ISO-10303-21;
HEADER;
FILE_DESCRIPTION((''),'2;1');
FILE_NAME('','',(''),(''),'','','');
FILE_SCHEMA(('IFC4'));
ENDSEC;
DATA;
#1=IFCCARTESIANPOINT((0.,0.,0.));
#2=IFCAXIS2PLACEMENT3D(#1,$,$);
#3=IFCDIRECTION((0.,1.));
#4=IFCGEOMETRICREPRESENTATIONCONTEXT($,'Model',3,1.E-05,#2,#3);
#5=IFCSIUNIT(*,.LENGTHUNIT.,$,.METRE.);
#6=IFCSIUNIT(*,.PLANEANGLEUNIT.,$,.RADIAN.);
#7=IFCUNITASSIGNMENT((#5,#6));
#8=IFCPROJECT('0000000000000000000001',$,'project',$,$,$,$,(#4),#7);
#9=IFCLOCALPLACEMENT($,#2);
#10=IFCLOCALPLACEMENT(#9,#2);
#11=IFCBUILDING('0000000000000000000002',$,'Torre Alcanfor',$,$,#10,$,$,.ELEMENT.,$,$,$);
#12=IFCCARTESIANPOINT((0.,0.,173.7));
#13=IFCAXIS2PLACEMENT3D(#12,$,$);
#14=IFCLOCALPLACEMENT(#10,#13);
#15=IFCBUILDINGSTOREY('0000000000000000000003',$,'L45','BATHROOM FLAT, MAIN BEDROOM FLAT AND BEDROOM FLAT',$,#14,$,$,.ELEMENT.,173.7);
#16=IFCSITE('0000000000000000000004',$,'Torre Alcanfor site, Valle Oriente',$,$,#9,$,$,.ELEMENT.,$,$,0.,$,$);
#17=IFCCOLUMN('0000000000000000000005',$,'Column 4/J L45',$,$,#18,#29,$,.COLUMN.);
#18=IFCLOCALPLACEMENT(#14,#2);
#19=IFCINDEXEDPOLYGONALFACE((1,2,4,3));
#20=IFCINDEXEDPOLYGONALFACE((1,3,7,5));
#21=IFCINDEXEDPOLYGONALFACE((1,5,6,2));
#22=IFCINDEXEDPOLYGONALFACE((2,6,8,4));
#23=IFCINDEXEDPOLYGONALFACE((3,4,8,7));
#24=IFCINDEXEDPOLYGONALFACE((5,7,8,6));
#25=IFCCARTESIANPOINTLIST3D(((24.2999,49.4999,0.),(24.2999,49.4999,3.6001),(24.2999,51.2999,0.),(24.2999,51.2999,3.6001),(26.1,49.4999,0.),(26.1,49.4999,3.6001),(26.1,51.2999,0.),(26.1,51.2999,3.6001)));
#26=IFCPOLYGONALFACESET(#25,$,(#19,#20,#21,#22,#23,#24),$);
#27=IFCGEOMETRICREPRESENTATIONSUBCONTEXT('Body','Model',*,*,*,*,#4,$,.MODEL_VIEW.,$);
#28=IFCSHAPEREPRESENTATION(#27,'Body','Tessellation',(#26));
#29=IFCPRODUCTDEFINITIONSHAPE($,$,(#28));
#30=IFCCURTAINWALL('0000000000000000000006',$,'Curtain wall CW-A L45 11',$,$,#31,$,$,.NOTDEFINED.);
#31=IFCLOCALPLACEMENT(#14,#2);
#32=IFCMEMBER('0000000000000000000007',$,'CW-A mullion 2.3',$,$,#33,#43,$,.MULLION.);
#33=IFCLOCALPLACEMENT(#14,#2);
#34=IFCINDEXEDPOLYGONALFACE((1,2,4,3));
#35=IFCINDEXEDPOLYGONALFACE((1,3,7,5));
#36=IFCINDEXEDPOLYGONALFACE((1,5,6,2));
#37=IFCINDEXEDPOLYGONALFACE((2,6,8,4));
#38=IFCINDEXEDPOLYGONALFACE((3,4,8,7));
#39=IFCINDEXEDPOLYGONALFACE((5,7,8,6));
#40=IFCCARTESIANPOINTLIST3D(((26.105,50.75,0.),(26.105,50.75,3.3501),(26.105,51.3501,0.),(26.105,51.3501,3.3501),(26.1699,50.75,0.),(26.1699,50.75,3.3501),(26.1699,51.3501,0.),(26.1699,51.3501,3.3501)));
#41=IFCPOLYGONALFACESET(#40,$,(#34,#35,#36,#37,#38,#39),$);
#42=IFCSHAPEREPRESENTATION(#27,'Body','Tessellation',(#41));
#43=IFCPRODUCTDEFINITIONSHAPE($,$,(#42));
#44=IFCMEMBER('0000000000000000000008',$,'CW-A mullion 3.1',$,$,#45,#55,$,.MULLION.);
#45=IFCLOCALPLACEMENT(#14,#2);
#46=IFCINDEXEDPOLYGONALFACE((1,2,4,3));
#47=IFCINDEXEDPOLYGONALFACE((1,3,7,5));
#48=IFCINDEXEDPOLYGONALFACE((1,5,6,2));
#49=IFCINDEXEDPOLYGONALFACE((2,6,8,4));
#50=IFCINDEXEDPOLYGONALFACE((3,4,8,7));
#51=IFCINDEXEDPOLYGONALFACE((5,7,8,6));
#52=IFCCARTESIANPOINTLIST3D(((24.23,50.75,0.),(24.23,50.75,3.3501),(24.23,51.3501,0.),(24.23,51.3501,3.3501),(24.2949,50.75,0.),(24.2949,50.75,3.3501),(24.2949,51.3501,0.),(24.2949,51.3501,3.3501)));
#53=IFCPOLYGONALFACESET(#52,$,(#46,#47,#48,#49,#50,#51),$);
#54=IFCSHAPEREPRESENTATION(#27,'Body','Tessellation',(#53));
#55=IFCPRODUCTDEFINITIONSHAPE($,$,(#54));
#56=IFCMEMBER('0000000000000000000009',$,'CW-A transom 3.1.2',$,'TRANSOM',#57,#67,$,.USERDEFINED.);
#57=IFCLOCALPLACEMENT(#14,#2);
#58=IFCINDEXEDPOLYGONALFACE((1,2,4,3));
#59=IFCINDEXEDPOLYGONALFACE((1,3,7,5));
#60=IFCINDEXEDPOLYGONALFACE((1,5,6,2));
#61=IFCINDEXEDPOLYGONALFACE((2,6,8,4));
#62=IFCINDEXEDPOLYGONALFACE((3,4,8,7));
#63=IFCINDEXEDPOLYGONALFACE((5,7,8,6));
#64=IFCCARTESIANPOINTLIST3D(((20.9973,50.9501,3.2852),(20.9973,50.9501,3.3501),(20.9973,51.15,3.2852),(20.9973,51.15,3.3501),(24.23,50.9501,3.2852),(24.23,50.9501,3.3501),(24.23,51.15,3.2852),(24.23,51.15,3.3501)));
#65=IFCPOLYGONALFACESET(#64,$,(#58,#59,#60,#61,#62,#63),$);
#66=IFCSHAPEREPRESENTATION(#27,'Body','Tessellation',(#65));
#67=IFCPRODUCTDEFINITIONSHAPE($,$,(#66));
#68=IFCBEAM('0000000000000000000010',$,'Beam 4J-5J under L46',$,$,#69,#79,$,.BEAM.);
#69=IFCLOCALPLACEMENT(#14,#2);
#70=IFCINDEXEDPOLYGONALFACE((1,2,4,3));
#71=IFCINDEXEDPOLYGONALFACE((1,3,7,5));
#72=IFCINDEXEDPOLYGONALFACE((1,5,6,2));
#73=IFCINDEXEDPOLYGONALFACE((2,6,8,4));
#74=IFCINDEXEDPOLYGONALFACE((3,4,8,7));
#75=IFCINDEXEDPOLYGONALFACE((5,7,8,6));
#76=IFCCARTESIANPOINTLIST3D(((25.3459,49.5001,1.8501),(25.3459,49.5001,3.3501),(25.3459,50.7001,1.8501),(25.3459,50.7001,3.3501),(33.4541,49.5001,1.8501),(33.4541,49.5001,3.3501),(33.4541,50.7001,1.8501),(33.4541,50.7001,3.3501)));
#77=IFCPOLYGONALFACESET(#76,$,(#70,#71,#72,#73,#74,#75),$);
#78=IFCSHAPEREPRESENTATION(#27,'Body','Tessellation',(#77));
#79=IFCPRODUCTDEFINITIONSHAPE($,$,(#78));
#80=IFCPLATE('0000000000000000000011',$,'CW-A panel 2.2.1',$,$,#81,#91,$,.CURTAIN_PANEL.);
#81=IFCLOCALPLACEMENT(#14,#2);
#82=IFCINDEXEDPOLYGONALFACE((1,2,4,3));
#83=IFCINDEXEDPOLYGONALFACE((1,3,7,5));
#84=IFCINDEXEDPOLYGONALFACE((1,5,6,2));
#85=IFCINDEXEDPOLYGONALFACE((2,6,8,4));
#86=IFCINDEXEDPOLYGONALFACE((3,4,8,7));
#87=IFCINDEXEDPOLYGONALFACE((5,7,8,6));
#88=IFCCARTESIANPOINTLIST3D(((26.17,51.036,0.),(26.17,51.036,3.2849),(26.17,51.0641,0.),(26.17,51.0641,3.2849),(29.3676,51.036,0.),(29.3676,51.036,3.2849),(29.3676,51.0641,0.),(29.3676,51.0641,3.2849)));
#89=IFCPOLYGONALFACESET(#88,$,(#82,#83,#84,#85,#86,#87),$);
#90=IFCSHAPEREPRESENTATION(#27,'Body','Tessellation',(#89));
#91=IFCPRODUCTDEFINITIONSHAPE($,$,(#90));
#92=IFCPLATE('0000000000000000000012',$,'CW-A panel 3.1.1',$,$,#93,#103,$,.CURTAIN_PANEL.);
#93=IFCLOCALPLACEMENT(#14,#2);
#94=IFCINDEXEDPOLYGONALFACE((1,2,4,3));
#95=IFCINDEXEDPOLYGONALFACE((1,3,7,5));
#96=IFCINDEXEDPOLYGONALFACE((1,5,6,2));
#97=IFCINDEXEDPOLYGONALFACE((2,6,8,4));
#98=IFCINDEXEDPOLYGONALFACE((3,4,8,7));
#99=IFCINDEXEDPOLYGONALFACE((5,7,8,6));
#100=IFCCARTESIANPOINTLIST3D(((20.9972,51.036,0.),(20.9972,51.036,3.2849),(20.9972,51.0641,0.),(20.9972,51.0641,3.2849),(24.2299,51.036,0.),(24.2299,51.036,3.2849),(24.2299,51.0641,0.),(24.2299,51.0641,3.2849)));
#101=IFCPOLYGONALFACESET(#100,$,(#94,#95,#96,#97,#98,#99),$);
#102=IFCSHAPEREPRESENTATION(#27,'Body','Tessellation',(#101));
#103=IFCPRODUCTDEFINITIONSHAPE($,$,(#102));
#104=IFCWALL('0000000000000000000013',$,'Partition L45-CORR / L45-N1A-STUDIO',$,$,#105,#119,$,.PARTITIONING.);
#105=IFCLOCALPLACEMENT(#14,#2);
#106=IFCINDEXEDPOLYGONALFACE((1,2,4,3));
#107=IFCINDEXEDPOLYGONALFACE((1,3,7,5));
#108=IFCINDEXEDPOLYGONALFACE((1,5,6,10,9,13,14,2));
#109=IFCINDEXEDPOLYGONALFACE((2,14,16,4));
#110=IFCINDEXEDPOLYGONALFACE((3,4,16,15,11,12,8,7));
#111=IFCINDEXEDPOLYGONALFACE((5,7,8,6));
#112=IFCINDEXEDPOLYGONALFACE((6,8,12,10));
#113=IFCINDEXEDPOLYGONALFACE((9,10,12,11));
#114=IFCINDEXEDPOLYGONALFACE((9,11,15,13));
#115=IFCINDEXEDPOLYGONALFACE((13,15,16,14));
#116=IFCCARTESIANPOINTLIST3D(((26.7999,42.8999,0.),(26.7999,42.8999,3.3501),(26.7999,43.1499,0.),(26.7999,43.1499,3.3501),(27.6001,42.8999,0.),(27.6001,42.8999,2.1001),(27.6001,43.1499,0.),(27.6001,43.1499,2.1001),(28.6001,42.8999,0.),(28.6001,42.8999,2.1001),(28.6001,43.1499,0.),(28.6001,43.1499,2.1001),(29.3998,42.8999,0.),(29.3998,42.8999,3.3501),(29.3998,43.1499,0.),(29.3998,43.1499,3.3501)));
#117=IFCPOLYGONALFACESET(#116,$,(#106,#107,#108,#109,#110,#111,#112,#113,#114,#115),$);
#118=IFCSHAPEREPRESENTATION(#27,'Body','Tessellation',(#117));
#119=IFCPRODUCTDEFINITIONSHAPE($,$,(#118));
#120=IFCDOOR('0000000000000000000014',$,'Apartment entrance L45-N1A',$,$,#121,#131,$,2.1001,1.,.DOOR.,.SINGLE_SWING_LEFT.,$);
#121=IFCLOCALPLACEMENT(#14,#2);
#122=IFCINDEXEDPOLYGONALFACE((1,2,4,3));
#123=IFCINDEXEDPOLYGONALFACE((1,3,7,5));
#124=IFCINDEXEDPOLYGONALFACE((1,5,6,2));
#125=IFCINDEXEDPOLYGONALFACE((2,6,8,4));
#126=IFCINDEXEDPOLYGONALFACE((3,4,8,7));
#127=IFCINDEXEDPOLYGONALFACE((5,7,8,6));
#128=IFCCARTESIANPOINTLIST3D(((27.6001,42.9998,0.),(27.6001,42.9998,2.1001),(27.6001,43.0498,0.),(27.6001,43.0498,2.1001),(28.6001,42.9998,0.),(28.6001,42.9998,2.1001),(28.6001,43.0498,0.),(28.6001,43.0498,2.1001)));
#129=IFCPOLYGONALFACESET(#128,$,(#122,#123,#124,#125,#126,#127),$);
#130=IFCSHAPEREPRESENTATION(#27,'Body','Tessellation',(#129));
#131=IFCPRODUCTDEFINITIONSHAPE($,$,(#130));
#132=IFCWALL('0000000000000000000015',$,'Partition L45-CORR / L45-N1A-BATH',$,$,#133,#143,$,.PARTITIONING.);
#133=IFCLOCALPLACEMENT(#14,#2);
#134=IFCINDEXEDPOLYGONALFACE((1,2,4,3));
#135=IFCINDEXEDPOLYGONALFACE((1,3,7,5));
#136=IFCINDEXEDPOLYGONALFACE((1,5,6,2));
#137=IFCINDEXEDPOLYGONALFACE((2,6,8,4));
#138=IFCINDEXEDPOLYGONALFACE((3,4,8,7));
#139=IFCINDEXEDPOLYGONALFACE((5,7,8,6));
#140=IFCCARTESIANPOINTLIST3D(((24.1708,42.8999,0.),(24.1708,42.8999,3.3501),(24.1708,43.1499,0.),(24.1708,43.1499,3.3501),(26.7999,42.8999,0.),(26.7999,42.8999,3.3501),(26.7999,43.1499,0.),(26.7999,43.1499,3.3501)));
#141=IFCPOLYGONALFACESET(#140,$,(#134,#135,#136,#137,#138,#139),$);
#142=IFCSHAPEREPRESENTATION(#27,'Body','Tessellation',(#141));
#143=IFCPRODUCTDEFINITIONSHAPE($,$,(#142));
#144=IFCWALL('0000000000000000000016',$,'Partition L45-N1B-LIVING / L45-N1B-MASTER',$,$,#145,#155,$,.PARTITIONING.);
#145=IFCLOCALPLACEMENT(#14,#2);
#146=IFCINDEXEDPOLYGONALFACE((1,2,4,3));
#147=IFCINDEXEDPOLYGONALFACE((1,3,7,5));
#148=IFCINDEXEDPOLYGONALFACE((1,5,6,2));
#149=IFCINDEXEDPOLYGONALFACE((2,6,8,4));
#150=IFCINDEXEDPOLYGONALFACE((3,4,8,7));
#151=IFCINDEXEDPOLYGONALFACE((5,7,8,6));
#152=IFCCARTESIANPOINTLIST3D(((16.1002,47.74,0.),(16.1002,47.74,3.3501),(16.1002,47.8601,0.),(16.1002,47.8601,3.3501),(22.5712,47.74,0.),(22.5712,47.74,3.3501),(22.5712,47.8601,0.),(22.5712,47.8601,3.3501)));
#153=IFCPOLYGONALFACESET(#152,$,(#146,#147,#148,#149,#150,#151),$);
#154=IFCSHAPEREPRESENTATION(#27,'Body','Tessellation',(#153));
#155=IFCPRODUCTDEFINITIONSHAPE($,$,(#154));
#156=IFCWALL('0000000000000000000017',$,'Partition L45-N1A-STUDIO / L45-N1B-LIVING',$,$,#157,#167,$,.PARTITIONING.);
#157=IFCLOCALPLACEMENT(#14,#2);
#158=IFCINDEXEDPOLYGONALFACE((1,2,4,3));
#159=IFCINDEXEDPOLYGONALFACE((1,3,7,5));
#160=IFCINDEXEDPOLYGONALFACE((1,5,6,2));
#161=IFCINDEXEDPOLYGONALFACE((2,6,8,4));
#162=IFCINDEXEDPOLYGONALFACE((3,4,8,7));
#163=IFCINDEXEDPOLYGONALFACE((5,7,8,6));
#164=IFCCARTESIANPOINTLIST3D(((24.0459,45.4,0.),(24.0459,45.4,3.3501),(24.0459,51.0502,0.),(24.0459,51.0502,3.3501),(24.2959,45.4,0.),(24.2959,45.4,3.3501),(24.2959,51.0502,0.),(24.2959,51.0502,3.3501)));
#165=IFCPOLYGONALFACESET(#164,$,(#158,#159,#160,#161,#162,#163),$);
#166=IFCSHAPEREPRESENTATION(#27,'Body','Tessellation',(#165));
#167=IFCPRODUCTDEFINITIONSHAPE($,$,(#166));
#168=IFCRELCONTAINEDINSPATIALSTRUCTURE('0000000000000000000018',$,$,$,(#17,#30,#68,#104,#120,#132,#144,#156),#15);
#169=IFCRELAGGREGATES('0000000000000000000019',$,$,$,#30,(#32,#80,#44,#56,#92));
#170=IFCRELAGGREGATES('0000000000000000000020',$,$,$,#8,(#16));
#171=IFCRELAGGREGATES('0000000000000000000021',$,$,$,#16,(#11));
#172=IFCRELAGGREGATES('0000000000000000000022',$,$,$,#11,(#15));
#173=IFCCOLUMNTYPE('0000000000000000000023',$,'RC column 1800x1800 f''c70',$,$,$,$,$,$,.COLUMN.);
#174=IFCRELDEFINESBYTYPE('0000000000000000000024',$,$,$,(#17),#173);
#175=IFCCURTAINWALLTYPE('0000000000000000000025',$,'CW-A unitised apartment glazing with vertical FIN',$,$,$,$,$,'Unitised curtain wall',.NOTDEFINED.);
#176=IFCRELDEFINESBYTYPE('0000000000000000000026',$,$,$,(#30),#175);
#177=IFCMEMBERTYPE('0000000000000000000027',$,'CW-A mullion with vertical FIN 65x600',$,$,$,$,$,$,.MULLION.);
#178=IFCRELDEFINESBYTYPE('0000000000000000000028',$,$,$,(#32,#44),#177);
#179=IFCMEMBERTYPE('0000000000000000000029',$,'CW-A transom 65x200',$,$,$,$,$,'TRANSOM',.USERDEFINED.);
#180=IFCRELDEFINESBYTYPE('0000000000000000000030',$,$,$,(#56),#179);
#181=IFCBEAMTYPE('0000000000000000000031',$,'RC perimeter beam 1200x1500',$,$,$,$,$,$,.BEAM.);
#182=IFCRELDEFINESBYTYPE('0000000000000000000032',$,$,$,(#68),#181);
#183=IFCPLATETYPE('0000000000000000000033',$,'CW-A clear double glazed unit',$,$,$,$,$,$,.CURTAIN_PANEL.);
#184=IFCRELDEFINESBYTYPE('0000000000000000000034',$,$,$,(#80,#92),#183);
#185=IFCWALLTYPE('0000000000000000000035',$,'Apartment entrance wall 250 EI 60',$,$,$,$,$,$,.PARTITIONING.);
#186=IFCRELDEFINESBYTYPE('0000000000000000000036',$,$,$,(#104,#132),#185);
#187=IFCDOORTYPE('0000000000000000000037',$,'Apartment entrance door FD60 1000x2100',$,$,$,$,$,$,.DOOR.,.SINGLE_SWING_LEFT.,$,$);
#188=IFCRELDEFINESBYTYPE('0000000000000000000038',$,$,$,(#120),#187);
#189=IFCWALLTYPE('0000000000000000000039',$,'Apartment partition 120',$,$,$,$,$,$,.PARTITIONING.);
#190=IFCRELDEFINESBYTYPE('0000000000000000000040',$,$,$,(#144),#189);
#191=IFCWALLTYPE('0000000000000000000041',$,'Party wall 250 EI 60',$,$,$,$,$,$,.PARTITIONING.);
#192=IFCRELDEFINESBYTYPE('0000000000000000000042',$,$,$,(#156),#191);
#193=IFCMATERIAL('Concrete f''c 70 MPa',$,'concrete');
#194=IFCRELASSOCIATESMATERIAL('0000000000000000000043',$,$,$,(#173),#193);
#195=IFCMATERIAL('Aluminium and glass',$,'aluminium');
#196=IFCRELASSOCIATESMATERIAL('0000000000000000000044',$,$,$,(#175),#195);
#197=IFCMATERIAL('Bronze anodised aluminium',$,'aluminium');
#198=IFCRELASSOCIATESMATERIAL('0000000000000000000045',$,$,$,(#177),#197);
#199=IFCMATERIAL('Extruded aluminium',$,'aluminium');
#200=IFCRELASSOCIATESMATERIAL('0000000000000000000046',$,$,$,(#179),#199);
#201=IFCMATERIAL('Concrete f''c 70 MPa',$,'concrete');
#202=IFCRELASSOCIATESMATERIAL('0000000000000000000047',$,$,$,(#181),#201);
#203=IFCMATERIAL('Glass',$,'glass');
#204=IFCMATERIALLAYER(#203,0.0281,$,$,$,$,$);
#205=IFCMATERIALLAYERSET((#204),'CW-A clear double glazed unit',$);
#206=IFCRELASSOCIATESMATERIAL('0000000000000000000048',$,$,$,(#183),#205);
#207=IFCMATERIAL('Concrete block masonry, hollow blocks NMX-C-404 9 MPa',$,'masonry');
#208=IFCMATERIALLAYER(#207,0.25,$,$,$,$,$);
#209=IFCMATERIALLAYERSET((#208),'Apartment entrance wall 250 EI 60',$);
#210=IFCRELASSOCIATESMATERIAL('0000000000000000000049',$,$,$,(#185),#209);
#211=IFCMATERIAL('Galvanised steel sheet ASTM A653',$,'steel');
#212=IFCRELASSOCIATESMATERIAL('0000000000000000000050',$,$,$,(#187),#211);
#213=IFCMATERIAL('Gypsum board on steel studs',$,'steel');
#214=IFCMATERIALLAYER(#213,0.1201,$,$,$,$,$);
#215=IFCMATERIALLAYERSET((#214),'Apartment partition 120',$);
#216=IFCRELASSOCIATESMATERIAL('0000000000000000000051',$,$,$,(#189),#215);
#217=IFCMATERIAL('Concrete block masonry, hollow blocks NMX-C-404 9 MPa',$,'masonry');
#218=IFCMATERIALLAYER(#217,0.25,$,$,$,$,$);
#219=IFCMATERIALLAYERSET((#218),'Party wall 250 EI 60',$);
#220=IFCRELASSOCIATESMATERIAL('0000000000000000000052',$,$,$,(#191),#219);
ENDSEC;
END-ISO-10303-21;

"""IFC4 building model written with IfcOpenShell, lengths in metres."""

from ifc_helpers import new_model, si_unit, direction, frame, frame_2d, origin, origin_2d, place, context, subcontext, project, spatial, rectangle, extrude, material, layer, layer_set, material_profile, profile_set, type_object, element, fill, aggregate, save


model = new_model("IFC4")

# Units and contexts
model_context = context("Model", 3, precision=1e-05, world=origin(), true_north=direction((0.0, 1.0)))
body_context = subcontext(model_context, "Body", "Model", "MODEL_VIEW")
ifc_project = project(units=[si_unit("LENGTHUNIT", "METRE"), si_unit("PLANEANGLEUNIT", "RADIAN")], contexts=[model_context])

# Site, building, storey
site_placement = place(None, origin())
site = spatial("IfcSite", under=ifc_project, at=site_placement, Name="Torre Alcanfor site, Valle Oriente", CompositionType="ELEMENT", RefElevation=0.0)
building_placement = place(site_placement, origin())
building = spatial("IfcBuilding", under=site, at=building_placement, Name="Torre Alcanfor", CompositionType="ELEMENT")
storey_placement = place(building_placement, frame((0.0, 0.0, 173.7)))
storey = spatial("IfcBuildingStorey", under=building, at=storey_placement, Name="L45", Description="BATHROOM FLAT, MAIN BEDROOM FLAT AND BEDROOM FLAT", CompositionType="ELEMENT", Elevation=173.7)

# Column
ifc_material_1 = material(Name="Concrete f'c 70 MPa", Category="concrete")
ifc_material_profile_1 = material_profile(ifc_material_1, rectangle(XDim=1.8, YDim=1.8, at=origin_2d()), Name="1800x1800")
ifc_profile_set_1 = profile_set([ifc_material_profile_1], Name="Concrete f'c 70 MPa")
column_type = type_object("IfcColumnType", Name="RC column 1800x1800 f'c70", PredefinedType="COLUMN", material=ifc_profile_set_1)
column_placement = place(storey_placement, frame((25.2, 50.3999, 0.0), z_axis=(0.0, 0.0, 1.0), x_axis=(1.0, 0.0, 0.0)))
element("IfcColumn", 1, at=column_placement, inside=storey, type_object=column_type, Name="Column 4/J L45", PredefinedType="COLUMN", context=body_context, shape_type="SweptSolid", body=[
    extrude(rectangle(XDim=1.8, YDim=1.8, at=origin_2d()), origin(), (0.0, 0.0, 1.0), 3.6001),
])

# Curtain wall, members
ifc_material_2 = material(Name="Aluminium and glass", Category="aluminium")
curtain_wall_type = type_object("IfcCurtainWallType", Name="CW-A unitised apartment glazing with vertical FIN", ElementType="Unitised curtain wall", PredefinedType="NOTDEFINED", material=ifc_material_2)
curtain_wall_placement = place(storey_placement, origin())
curtain_wall = element("IfcCurtainWall", 2, at=curtain_wall_placement, inside=storey, type_object=curtain_wall_type, Name="Curtain wall CW-A L45 11", PredefinedType="NOTDEFINED")
ifc_material_3 = material(Name="Bronze anodised aluminium", Category="aluminium")
ifc_material_profile_2 = material_profile(ifc_material_3, rectangle(XDim=0.6001, YDim=0.0649, at=origin_2d()), Name="CW-A mullion 65x600")
ifc_profile_set_2 = profile_set([ifc_material_profile_2], Name="Bronze anodised aluminium")
member_type_1 = type_object("IfcMemberType", Name="CW-A mullion with vertical FIN 65x600", PredefinedType="MULLION", material=ifc_profile_set_2)
member_1_placement = place(storey_placement, frame((26.1375, 51.05, 0.0), z_axis=(0.0, 0.0, 1.0), x_axis=(0.0, -1.0, 0.0)))
member_1 = element("IfcMember", 3, at=member_1_placement, type_object=member_type_1, Name="CW-A mullion 2.3", PredefinedType="MULLION", context=body_context, shape_type="SweptSolid", body=[
    extrude(rectangle(XDim=0.6001, YDim=0.0649, at=origin_2d()), origin(), (0.0, 0.0, 1.0), 3.3501),
])
member_2_placement = place(storey_placement, frame((24.2625, 51.05, 0.0), z_axis=(0.0, 0.0, 1.0), x_axis=(0.0, -1.0, 0.0)))
member_2 = element("IfcMember", 4, at=member_2_placement, type_object=member_type_1, Name="CW-A mullion 3.1", PredefinedType="MULLION", context=body_context, shape_type="SweptSolid", body=[
    extrude(rectangle(XDim=0.6001, YDim=0.0649, at=origin_2d()), origin(), (0.0, 0.0, 1.0), 3.3501),
])
ifc_material_4 = material(Name="Extruded aluminium", Category="aluminium")
ifc_material_profile_3 = material_profile(ifc_material_4, rectangle(XDim=0.2, YDim=0.0649, at=origin_2d()), Name="CW-A transom 200x65")
ifc_profile_set_3 = profile_set([ifc_material_profile_3], Name="Extruded aluminium")
member_type_2 = type_object("IfcMemberType", Name="CW-A transom 65x200", ElementType="TRANSOM", PredefinedType="USERDEFINED", material=ifc_profile_set_3)
member_3_placement = place(storey_placement, frame((24.23, 51.05, 3.3176), z_axis=(-1.0, 0.0, 0.0), x_axis=(0.0, -1.0, 0.0)))
member_3 = element("IfcMember", 5, at=member_3_placement, type_object=member_type_2, Name="CW-A transom 3.1.2", ObjectType="TRANSOM", PredefinedType="USERDEFINED", context=body_context, shape_type="SweptSolid", body=[
    extrude(rectangle(XDim=0.2, YDim=0.0649, at=origin_2d()), origin(), (0.0, 0.0, 1.0), 3.2327),
])

# Beam
ifc_material_5 = material(Name="Concrete f'c 70 MPa", Category="concrete")
ifc_material_profile_4 = material_profile(ifc_material_5, rectangle(XDim=1.2, YDim=1.5, at=origin_2d()), Name="1200x1500")
ifc_profile_set_4 = profile_set([ifc_material_profile_4], Name="Concrete f'c 70 MPa")
beam_type = type_object("IfcBeamType", Name="RC perimeter beam 1200x1500", PredefinedType="BEAM", material=ifc_profile_set_4)
beam_placement = place(storey_placement, frame((25.3459, 50.1001, 2.6001), z_axis=(1.0, 0.0, 0.0), x_axis=(0.0, 1.0, 0.0)))
element("IfcBeam", 6, at=beam_placement, inside=storey, type_object=beam_type, Name="Beam 4J-5J under L46", PredefinedType="BEAM", context=body_context, shape_type="SweptSolid", body=[
    extrude(rectangle(XDim=1.2, YDim=1.5, at=origin_2d()), origin(), (0.0, 0.0, 1.0), 8.1082),
])

# Plates
ifc_material_6 = material(Name="Glass", Category="glass")
ifc_layer_1 = layer(ifc_material_6, 0.0281)
ifc_layer_set_1 = layer_set([ifc_layer_1], Name="CW-A clear double glazed unit")
plate_type = type_object("IfcPlateType", Name="CW-A clear double glazed unit", PredefinedType="CURTAIN_PANEL", material=ifc_layer_set_1)
plate_1_placement = place(storey_placement, frame((27.7688, 51.05, 0.0), z_axis=(0.0, 0.0, 1.0), x_axis=(-1.0, 0.0, 0.0)))
plate_1 = element("IfcPlate", 7, at=plate_1_placement, type_object=plate_type, Name="CW-A panel 2.2.1", PredefinedType="CURTAIN_PANEL", context=body_context, shape_type="SweptSolid", body=[
    extrude(rectangle(XDim=3.1975, YDim=0.0281, at=origin_2d()), origin(), (0.0, 0.0, 1.0), 3.2849),
])
plate_2_placement = place(storey_placement, frame((22.6135, 51.05, 0.0), z_axis=(0.0, 0.0, 1.0), x_axis=(-1.0, 0.0, 0.0)))
plate_2 = element("IfcPlate", 8, at=plate_2_placement, type_object=plate_type, Name="CW-A panel 3.1.1", PredefinedType="CURTAIN_PANEL", context=body_context, shape_type="SweptSolid", body=[
    extrude(rectangle(XDim=3.2327, YDim=0.0281, at=origin_2d()), origin(), (0.0, 0.0, 1.0), 3.2849),
])
aggregate(curtain_wall, [member_1, plate_1, member_2, member_3, plate_2])

# Wall, opening, door
ifc_material_7 = material(Name="Concrete block masonry, hollow blocks NMX-C-404 9 MPa", Category="masonry")
ifc_layer_2 = layer(ifc_material_7, 0.25)
ifc_layer_set_2 = layer_set([ifc_layer_2], Name="Apartment entrance wall 250 EI 60")
wall_type_1 = type_object("IfcWallType", Name="Apartment entrance wall 250 EI 60", PredefinedType="PARTITIONING", material=ifc_layer_set_2)
wall_1_placement = place(storey_placement, frame((26.8, 43.0249, 0.0), z_axis=(0.0, 0.0, 1.0), x_axis=(1.0, 0.0, 0.0)))
wall_1 = element("IfcWall", 9, at=wall_1_placement, inside=storey, type_object=wall_type_1, Name="Partition L45-CORR / L45-N1A-STUDIO", PredefinedType="PARTITIONING", context=body_context, shape_type="SweptSolid", body=[
    extrude(rectangle(XDim=2.5999, YDim=0.25, at=frame_2d((1.2998, 0.0))), origin(), (0.0, 0.0, 1.0), 3.3501),
])
opening_1_placement = place(wall_1_placement, frame((0.8, 0.0, 0.0)))
opening_1 = element("IfcOpeningElement", 10, at=opening_1_placement, cuts=wall_1, PredefinedType="OPENING", context=body_context, shape_type="SweptSolid", body=[
    extrude(rectangle(XDim=1.0, YDim=2.1001, at=frame_2d((0.5, 1.05))), frame((0.0, 0.135, 0.0), z_axis=(0.0, -1.0, 0.0), x_axis=(1.0, 0.0, 0.0)), (0.0, 0.0, 1.0), 0.27),
])
ifc_material_8 = material(Name="Galvanised steel sheet ASTM A653", Category="steel")
door_type_1 = type_object("IfcDoorType", Name="Apartment entrance door FD60 1000x2100", OperationType="SINGLE_SWING_LEFT", PredefinedType="DOOR", material=ifc_material_8)
door_1_placement = place(opening_1_placement, origin())
door_1 = element("IfcDoor", 11, at=door_1_placement, inside=storey, type_object=door_type_1, Name="Apartment entrance L45-N1A", OperationType="SINGLE_SWING_LEFT", OverallHeight=2.1001, OverallWidth=1.0, PredefinedType="DOOR", context=body_context, shape_type="SweptSolid", body=[
    extrude(rectangle(XDim=1.0, YDim=2.1001, at=frame_2d((0.5, 1.05))), frame((0.0, 0.0249, 0.0), z_axis=(0.0, -1.0, 0.0), x_axis=(1.0, 0.0, 0.0)), (0.0, 0.0, 1.0), 0.05),
])
fill(opening_1, door_1)

# Walls
wall_2_placement = place(storey_placement, frame((24.1709, 43.0249, 0.0), z_axis=(0.0, 0.0, 1.0), x_axis=(1.0, 0.0, 0.0)))
element("IfcWall", 12, at=wall_2_placement, inside=storey, type_object=wall_type_1, Name="Partition L45-CORR / L45-N1A-BATH", PredefinedType="PARTITIONING", context=body_context, shape_type="SweptSolid", body=[
    extrude(rectangle(XDim=2.6292, YDim=0.25, at=frame_2d((1.3145, 0.0))), origin(), (0.0, 0.0, 1.0), 3.3501),
])
ifc_material_9 = material(Name="Gypsum board on steel studs", Category="steel")
ifc_layer_3 = layer(ifc_material_9, 0.1201)
ifc_layer_set_3 = layer_set([ifc_layer_3], Name="Apartment partition 120")
wall_type_2 = type_object("IfcWallType", Name="Apartment partition 120", PredefinedType="PARTITIONING", material=ifc_layer_set_3)
wall_3_placement = place(storey_placement, frame((22.571, 47.8, 0.0), z_axis=(0.0, 0.0, 1.0), x_axis=(-1.0, 0.0, 0.0)))
element("IfcWall", 13, at=wall_3_placement, inside=storey, type_object=wall_type_2, Name="Partition L45-N1B-LIVING / L45-N1B-MASTER", PredefinedType="PARTITIONING", context=body_context, shape_type="SweptSolid", body=[
    extrude(rectangle(XDim=6.4709, YDim=0.1201, at=frame_2d((3.2354, 0.0))), origin(), (0.0, 0.0, 1.0), 3.3501),
])
ifc_material_10 = material(Name="Concrete block masonry, hollow blocks NMX-C-404 9 MPa", Category="masonry")
ifc_layer_4 = layer(ifc_material_10, 0.25)
ifc_layer_set_4 = layer_set([ifc_layer_4], Name="Party wall 250 EI 60")
wall_type_3 = type_object("IfcWallType", Name="Party wall 250 EI 60", PredefinedType="PARTITIONING", material=ifc_layer_set_4)
wall_4_placement = place(storey_placement, frame((24.1709, 45.3999, 0.0), z_axis=(0.0, 0.0, 1.0), x_axis=(0.0, 1.0, 0.0)))
element("IfcWall", 14, at=wall_4_placement, inside=storey, type_object=wall_type_3, Name="Partition L45-N1A-STUDIO / L45-N1B-LIVING", PredefinedType="PARTITIONING", context=body_context, shape_type="SweptSolid", body=[
    extrude(rectangle(XDim=5.6501, YDim=0.25, at=frame_2d((2.8252, 0.0))), origin(), (0.0, 0.0, 1.0), 3.3501),
])

save(model, "model.ifc")
